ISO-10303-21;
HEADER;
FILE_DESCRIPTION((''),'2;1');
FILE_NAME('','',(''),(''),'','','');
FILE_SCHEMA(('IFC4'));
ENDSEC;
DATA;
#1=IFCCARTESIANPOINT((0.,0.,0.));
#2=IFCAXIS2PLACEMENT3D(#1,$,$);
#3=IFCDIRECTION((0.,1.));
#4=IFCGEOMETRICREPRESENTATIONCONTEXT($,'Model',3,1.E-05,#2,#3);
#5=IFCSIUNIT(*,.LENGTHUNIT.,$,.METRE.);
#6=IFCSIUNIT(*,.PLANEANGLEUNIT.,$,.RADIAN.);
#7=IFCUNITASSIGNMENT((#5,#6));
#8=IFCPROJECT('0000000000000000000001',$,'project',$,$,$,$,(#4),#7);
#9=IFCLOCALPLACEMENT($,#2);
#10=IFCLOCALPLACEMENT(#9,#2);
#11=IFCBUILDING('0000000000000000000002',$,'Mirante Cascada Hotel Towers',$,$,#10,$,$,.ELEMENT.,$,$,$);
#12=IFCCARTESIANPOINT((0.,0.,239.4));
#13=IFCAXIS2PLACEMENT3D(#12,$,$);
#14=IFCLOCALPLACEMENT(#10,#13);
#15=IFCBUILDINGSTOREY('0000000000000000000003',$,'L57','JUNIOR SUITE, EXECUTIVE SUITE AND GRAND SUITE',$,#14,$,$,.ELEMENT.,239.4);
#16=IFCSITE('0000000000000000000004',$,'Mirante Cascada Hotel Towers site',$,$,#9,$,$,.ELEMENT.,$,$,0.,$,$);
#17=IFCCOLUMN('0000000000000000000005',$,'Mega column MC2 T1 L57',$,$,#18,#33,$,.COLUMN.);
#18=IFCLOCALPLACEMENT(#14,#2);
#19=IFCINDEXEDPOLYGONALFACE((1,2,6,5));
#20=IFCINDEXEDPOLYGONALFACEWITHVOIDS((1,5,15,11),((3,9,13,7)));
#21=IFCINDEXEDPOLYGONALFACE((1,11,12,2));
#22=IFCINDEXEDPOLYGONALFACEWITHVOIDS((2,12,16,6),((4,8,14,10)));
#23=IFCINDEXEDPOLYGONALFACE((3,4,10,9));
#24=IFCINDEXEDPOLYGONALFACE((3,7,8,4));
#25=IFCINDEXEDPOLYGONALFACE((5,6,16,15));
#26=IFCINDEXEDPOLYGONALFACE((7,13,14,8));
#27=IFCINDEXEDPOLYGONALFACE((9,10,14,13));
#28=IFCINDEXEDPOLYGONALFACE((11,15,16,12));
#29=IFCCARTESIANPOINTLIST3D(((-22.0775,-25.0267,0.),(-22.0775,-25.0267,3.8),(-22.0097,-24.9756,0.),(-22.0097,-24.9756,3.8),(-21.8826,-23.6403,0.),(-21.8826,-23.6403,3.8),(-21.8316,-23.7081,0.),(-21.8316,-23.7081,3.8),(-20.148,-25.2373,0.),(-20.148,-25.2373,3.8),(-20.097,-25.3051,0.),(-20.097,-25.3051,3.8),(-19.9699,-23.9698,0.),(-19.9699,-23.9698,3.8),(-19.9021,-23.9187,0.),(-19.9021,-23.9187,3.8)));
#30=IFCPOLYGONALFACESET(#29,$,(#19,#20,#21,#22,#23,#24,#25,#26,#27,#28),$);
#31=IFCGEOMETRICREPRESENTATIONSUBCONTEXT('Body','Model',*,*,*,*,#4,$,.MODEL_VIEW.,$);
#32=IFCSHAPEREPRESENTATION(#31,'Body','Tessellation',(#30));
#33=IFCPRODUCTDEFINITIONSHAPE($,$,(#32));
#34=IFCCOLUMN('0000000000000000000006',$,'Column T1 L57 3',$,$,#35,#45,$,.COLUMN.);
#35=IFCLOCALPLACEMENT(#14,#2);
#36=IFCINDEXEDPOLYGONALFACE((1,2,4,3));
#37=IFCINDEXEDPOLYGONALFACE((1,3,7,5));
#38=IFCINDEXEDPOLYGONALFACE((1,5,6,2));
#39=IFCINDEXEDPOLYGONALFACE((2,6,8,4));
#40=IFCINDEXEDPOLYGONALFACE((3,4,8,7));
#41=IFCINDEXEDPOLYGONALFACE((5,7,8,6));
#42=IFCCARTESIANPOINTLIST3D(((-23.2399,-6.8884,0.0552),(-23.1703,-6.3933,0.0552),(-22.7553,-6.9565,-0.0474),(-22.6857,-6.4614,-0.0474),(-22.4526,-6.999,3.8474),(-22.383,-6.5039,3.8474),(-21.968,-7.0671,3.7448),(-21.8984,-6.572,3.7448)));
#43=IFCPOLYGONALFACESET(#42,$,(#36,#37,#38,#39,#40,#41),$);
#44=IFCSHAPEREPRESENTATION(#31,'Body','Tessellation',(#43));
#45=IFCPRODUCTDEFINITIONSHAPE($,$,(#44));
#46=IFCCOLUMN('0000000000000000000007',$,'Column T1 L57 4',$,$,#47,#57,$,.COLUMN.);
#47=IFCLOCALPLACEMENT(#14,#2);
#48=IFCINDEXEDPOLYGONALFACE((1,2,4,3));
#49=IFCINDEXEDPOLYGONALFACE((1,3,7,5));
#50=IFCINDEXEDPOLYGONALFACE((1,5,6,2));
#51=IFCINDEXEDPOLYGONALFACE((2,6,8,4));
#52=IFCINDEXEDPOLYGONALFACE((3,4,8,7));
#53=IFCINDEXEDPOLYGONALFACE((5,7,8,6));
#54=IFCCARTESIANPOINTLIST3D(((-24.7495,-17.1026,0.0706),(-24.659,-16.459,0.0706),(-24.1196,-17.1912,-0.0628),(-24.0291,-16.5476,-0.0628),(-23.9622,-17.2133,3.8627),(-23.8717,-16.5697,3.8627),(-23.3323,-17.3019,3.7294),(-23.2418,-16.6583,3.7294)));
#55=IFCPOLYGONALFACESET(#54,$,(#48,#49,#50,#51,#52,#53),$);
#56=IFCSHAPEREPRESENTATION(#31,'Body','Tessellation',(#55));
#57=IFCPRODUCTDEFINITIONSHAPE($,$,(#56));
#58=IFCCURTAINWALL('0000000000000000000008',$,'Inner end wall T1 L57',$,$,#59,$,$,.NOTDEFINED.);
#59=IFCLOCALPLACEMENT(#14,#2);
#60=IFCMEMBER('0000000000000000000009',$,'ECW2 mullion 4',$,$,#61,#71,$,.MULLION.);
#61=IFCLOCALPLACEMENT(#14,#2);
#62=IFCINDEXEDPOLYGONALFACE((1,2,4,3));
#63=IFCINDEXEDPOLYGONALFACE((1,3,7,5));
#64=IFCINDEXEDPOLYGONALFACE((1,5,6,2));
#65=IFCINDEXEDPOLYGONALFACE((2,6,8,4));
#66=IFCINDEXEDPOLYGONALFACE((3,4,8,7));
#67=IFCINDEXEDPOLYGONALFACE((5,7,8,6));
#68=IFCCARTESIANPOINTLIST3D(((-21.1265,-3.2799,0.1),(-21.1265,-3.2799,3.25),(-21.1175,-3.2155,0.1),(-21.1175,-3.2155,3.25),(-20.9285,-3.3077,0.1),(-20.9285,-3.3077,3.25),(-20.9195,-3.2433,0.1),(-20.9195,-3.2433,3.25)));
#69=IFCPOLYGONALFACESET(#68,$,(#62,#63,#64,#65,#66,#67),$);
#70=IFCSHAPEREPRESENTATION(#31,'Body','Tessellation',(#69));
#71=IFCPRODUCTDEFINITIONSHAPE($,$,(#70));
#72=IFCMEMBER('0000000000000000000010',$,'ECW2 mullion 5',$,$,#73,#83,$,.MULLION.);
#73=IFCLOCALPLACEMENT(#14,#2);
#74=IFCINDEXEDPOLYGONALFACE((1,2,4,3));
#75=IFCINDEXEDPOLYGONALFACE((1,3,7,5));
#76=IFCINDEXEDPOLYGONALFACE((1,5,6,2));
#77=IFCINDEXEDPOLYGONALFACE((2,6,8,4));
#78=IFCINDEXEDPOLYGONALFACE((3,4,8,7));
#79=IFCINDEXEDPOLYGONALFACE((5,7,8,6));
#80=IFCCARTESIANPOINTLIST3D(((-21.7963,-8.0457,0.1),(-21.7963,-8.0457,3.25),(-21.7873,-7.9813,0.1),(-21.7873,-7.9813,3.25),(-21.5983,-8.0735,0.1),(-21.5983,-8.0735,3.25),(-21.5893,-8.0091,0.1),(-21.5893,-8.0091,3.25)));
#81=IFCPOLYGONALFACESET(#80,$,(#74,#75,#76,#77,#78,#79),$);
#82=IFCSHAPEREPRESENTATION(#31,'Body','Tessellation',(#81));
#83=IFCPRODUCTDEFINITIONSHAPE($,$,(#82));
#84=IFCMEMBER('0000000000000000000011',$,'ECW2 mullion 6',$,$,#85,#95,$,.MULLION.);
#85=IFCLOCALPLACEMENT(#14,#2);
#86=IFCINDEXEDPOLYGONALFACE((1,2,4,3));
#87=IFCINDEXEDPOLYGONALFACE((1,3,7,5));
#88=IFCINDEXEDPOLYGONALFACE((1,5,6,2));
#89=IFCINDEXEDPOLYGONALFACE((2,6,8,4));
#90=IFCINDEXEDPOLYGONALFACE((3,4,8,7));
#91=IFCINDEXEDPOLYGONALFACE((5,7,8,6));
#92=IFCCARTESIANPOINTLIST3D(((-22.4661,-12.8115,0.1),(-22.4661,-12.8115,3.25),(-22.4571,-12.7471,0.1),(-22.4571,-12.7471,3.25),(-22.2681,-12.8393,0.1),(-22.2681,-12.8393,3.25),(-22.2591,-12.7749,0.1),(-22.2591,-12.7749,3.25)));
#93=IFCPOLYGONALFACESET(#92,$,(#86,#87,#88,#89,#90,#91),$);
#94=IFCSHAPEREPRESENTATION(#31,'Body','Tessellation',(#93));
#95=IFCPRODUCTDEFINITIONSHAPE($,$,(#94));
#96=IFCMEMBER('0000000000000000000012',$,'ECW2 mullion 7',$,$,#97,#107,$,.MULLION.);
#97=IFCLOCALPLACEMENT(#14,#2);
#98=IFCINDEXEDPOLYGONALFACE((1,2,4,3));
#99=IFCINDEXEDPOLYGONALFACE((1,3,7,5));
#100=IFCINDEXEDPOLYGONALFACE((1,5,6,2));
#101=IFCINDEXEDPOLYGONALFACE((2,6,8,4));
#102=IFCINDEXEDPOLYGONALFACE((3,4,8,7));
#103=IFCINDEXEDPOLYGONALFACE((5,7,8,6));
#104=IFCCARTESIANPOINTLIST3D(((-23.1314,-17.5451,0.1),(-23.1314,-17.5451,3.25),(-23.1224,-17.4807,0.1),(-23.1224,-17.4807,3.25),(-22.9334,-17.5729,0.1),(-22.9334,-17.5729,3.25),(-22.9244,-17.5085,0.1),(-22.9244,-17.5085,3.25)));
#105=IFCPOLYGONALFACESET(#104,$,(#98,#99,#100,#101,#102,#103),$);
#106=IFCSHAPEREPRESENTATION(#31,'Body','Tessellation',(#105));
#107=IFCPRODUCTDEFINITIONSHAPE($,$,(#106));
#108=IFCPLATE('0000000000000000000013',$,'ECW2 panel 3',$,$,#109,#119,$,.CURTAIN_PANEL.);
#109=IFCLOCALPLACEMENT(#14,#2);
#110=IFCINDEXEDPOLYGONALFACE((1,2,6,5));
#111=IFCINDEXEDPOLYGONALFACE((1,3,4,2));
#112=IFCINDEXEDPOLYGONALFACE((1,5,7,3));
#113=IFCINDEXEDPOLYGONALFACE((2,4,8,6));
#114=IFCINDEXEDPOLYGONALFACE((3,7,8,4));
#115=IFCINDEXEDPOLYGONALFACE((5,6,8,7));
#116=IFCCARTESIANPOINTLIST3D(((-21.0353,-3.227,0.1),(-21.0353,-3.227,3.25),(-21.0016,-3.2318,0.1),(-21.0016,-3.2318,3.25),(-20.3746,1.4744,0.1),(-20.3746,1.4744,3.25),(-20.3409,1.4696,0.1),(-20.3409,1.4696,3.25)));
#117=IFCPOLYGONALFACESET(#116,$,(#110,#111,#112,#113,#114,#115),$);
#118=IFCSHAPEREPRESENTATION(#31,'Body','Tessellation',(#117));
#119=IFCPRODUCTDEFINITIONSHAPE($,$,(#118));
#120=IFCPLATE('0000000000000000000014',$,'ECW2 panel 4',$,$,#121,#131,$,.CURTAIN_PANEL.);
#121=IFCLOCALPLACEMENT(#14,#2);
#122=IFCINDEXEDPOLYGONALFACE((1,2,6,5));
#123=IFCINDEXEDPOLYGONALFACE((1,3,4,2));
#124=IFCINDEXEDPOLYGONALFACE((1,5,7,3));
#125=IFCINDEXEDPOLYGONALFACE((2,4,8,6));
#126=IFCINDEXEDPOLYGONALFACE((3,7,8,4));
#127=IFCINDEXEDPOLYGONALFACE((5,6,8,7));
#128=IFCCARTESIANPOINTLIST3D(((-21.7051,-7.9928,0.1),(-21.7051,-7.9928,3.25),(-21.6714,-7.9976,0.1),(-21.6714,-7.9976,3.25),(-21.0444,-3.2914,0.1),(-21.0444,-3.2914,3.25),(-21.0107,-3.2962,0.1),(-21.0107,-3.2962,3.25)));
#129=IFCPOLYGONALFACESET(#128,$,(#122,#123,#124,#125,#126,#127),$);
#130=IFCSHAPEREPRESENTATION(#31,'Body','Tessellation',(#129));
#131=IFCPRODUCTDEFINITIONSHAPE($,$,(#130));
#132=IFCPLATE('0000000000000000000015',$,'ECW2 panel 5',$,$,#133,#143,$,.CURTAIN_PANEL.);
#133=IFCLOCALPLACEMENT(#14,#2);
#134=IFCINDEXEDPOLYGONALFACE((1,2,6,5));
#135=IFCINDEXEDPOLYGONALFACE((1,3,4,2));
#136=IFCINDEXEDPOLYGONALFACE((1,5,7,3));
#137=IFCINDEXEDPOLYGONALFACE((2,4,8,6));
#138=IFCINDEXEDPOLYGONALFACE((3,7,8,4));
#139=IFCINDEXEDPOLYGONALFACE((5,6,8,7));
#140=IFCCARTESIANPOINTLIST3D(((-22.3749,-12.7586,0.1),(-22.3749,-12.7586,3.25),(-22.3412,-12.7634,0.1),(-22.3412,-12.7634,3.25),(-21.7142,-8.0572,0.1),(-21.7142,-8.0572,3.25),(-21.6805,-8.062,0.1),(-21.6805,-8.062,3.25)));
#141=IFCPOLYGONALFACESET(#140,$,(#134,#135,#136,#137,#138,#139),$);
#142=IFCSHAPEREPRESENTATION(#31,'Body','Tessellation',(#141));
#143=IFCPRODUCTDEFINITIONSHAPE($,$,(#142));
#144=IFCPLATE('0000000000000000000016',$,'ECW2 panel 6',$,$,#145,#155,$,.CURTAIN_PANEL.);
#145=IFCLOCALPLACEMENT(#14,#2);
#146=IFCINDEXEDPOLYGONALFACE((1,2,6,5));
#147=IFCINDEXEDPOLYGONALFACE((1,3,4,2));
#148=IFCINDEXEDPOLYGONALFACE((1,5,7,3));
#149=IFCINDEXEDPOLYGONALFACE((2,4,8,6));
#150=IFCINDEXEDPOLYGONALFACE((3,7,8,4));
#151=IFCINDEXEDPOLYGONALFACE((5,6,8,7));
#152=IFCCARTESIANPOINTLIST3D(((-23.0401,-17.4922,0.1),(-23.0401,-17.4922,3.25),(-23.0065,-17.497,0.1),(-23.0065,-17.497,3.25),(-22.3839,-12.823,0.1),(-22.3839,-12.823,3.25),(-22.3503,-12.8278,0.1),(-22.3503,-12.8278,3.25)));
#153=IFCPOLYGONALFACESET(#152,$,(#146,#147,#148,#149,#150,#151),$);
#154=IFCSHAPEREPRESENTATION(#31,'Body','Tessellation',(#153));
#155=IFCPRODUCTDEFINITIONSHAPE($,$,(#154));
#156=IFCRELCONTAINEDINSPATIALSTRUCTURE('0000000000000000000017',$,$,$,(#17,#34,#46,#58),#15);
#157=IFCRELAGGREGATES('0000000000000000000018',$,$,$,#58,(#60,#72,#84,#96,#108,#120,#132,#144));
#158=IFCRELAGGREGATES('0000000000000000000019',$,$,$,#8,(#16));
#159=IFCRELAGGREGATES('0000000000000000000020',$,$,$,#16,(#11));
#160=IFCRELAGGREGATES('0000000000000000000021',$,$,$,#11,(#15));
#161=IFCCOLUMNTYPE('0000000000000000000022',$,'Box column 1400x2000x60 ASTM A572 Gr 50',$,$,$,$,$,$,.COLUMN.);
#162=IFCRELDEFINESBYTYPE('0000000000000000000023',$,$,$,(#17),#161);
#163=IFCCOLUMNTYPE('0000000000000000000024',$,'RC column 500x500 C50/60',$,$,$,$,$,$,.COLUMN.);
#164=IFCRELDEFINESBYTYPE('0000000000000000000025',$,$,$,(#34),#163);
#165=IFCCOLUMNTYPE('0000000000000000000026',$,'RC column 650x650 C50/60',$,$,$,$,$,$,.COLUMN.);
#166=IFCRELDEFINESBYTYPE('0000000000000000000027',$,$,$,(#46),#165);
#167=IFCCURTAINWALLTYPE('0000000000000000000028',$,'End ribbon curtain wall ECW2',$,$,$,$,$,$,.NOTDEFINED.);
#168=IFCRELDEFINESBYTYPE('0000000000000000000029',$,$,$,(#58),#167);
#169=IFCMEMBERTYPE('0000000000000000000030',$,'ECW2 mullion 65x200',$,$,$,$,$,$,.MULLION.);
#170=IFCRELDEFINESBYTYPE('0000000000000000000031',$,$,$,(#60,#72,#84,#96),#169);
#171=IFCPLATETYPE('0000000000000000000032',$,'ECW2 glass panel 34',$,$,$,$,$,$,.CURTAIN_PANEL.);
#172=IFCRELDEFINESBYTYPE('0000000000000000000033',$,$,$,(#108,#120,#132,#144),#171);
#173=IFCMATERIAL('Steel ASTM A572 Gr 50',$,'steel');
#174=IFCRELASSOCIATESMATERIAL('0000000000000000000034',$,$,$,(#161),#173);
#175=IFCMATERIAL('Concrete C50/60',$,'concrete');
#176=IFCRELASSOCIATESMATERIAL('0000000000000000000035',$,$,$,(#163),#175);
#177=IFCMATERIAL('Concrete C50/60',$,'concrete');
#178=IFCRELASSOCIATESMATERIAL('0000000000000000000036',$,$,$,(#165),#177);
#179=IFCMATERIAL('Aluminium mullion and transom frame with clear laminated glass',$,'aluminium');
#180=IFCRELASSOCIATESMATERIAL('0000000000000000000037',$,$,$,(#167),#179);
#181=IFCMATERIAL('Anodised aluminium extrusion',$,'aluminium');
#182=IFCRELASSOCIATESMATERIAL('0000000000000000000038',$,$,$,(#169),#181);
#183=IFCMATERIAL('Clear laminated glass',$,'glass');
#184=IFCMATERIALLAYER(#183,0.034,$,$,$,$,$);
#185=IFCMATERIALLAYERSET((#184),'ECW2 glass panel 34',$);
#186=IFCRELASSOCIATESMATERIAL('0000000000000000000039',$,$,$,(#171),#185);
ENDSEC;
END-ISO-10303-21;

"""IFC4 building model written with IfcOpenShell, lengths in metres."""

from ifc_helpers import new_model, si_unit, direction, frame, origin, origin_2d, place, context, subcontext, project, spatial, rectangle, hollow_rectangle, extrude, material, layer, layer_set, material_profile, profile_set, type_object, element, aggregate, save


model = new_model("IFC4")

# Units and contexts
model_context = context("Model", 3, precision=1e-05, world=origin(), true_north=direction((0.0, 1.0)))
body_context = subcontext(model_context, "Body", "Model", "MODEL_VIEW")
ifc_project = project(units=[si_unit("LENGTHUNIT", "METRE"), si_unit("PLANEANGLEUNIT", "RADIAN")], contexts=[model_context])

# Site, building, storey
site_placement = place(None, origin())
site = spatial("IfcSite", under=ifc_project, at=site_placement, Name="Mirante Cascada Hotel Towers site", CompositionType="ELEMENT", RefElevation=0.0)
building_placement = place(site_placement, origin())
building = spatial("IfcBuilding", under=site, at=building_placement, Name="Mirante Cascada Hotel Towers", CompositionType="ELEMENT")
storey_placement = place(building_placement, frame((0.0, 0.0, 239.4)))
storey = spatial("IfcBuildingStorey", under=building, at=storey_placement, Name="L57", Description="JUNIOR SUITE, EXECUTIVE SUITE AND GRAND SUITE", CompositionType="ELEMENT", Elevation=239.4)

# Columns
ifc_material_1 = material(Name="Steel ASTM A572 Gr 50", Category="steel")
ifc_material_profile_1 = material_profile(ifc_material_1, hollow_rectangle(XDim=2.0, YDim=1.4, WallThickness=0.06, at=origin_2d()), Name="Box column 1400x2000x60 ASTM A572 Gr 50")
ifc_profile_set_1 = profile_set([ifc_material_profile_1], Name="Steel ASTM A572 Gr 50")
column_type_1 = type_object("IfcColumnType", Name="Box column 1400x2000x60 ASTM A572 Gr 50", PredefinedType="COLUMN", material=ifc_profile_set_1)
column_1_placement = place(storey_placement, frame((-20.9898, -24.4727, 0.0), z_axis=(0.0, 0.0, 1.0), x_axis=(-0.990268, 0.139173, 0.0)))
element("IfcColumn", 1, at=column_1_placement, inside=storey, type_object=column_type_1, Name="Mega column MC2 T1 L57", PredefinedType="COLUMN", context=body_context, shape_type="SweptSolid", body=[
    extrude(hollow_rectangle(XDim=2.0, YDim=1.4, WallThickness=0.06, at=origin_2d()), origin(), (0.0, 0.0, 1.0), 3.8),
])
ifc_material_2 = material(Name="Concrete C50/60", Category="concrete")
ifc_material_profile_2 = material_profile(ifc_material_2, rectangle(XDim=0.5, YDim=0.5, at=origin_2d()), Name="RC column 500x500 C50/60")
ifc_profile_set_2 = profile_set([ifc_material_profile_2], Name="Concrete C50/60")
column_type_2 = type_object("IfcColumnType", Name="RC column 500x500 C50/60", PredefinedType="COLUMN", material=ifc_profile_set_2)
column_2_placement = place(storey_placement, frame((-22.9628, -6.6749, 0.0039), z_axis=(0.203193, -0.028545, 0.978723), x_axis=(0.139114, 0.990276, 0.0)))
element("IfcColumn", 2, at=column_2_placement, inside=storey, type_object=column_type_2, Name="Column T1 L57 3", PredefinedType="COLUMN", context=body_context, shape_type="SweptSolid", body=[
    extrude(rectangle(XDim=0.5, YDim=0.5, at=origin_2d()), origin(), (0.0, 0.0, 1.0), 3.8746),
])
ifc_material_3 = material(Name="Concrete C50/60", Category="concrete")
ifc_material_profile_3 = material_profile(ifc_material_3, rectangle(XDim=0.65, YDim=0.65, at=origin_2d()), Name="RC column 650x650 C50/60")
ifc_profile_set_3 = profile_set([ifc_material_profile_3], Name="Concrete C50/60")
column_type_3 = type_object("IfcColumnType", Name="RC column 650x650 C50/60", PredefinedType="COLUMN", material=ifc_profile_set_3)
column_3_placement = place(storey_placement, frame((-24.3893, -16.8251, 0.0039), z_axis=(0.203193, -0.02857, 0.978722), x_axis=(0.139237, 0.990259, 0.0)))
element("IfcColumn", 3, at=column_3_placement, inside=storey, type_object=column_type_3, Name="Column T1 L57 4", PredefinedType="COLUMN", context=body_context, shape_type="SweptSolid", body=[
    extrude(rectangle(XDim=0.65, YDim=0.65, at=origin_2d()), origin(), (0.0, 0.0, 1.0), 3.8746),
])

# Curtain wall, members, plates
ifc_material_4 = material(Name="Aluminium mullion and transom frame with clear laminated glass", Category="aluminium")
curtain_wall_type = type_object("IfcCurtainWallType", Name="End ribbon curtain wall ECW2", PredefinedType="NOTDEFINED", material=ifc_material_4)
curtain_wall_placement = place(storey_placement, origin())
curtain_wall = element("IfcCurtainWall", 4, at=curtain_wall_placement, inside=storey, type_object=curtain_wall_type, Name="Inner end wall T1 L57", PredefinedType="NOTDEFINED")
ifc_material_5 = material(Name="Anodised aluminium extrusion", Category="aluminium")
ifc_material_profile_4 = material_profile(ifc_material_5, rectangle(XDim=0.2, YDim=0.065, at=origin_2d()), Name="ECW2 MULLION 65x200")
ifc_profile_set_4 = profile_set([ifc_material_profile_4], Name="Anodised aluminium extrusion")
member_type = type_object("IfcMemberType", Name="ECW2 mullion 65x200", PredefinedType="MULLION", material=ifc_profile_set_4)
member_1_placement = place(storey_placement, frame((-21.023, -3.2616, 0.1), z_axis=(0.0, 0.0, 1.0), x_axis=(0.990268, -0.139173, 0.0)))
member_1 = element("IfcMember", 5, at=member_1_placement, type_object=member_type, Name="ECW2 mullion 4", PredefinedType="MULLION", context=body_context, shape_type="SweptSolid", body=[
    extrude(rectangle(XDim=0.2, YDim=0.065, at=origin_2d()), origin(), (0.0, 0.0, 1.0), 3.15),
])
member_2_placement = place(storey_placement, frame((-21.6928, -8.0274, 0.1), z_axis=(0.0, 0.0, 1.0), x_axis=(0.990268, -0.139173, 0.0)))
member_2 = element("IfcMember", 6, at=member_2_placement, type_object=member_type, Name="ECW2 mullion 5", PredefinedType="MULLION", context=body_context, shape_type="SweptSolid", body=[
    extrude(rectangle(XDim=0.2, YDim=0.065, at=origin_2d()), origin(), (0.0, 0.0, 1.0), 3.15),
])
member_3_placement = place(storey_placement, frame((-22.3626, -12.7932, 0.1), z_axis=(0.0, 0.0, 1.0), x_axis=(0.990268, -0.139173, 0.0)))
member_3 = element("IfcMember", 7, at=member_3_placement, type_object=member_type, Name="ECW2 mullion 6", PredefinedType="MULLION", context=body_context, shape_type="SweptSolid", body=[
    extrude(rectangle(XDim=0.2, YDim=0.065, at=origin_2d()), origin(), (0.0, 0.0, 1.0), 3.15),
])
member_4_placement = place(storey_placement, frame((-23.0279, -17.5268, 0.1), z_axis=(0.0, 0.0, 1.0), x_axis=(0.990268, -0.139173, 0.0)))
member_4 = element("IfcMember", 8, at=member_4_placement, type_object=member_type, Name="ECW2 mullion 7", PredefinedType="MULLION", context=body_context, shape_type="SweptSolid", body=[
    extrude(rectangle(XDim=0.2, YDim=0.065, at=origin_2d()), origin(), (0.0, 0.0, 1.0), 3.15),
])
ifc_material_6 = material(Name="Clear laminated glass", Category="glass")
ifc_layer_1 = layer(ifc_material_6, 0.034)
ifc_layer_set_1 = layer_set([ifc_layer_1], Name="ECW2 glass panel 34")
plate_type = type_object("IfcPlateType", Name="ECW2 glass panel 34", PredefinedType="CURTAIN_PANEL", material=ifc_layer_set_1)
plate_1_placement = place(storey_placement, frame((-20.6881, -0.8787, 0.1), z_axis=(0.0, 0.0, 1.0), x_axis=(-0.139173, -0.990268, 0.0)))
plate_1 = element("IfcPlate", 9, at=plate_1_placement, type_object=plate_type, Name="ECW2 panel 3", PredefinedType="CURTAIN_PANEL", context=body_context, shape_type="SweptSolid", body=[
    extrude(rectangle(XDim=4.7476, YDim=0.034, at=origin_2d()), origin(), (0.0, 0.0, 1.0), 3.15),
])
plate_2_placement = place(storey_placement, frame((-21.3579, -5.6445, 0.1), z_axis=(0.0, 0.0, 1.0), x_axis=(-0.139173, -0.990268, 0.0)))
plate_2 = element("IfcPlate", 10, at=plate_2_placement, type_object=plate_type, Name="ECW2 panel 4", PredefinedType="CURTAIN_PANEL", context=body_context, shape_type="SweptSolid", body=[
    extrude(rectangle(XDim=4.7476, YDim=0.034, at=origin_2d()), origin(), (0.0, 0.0, 1.0), 3.15),
])
plate_3_placement = place(storey_placement, frame((-22.0277, -10.4103, 0.1), z_axis=(0.0, 0.0, 1.0), x_axis=(-0.139173, -0.990268, 0.0)))
plate_3 = element("IfcPlate", 11, at=plate_3_placement, type_object=plate_type, Name="ECW2 panel 5", PredefinedType="CURTAIN_PANEL", context=body_context, shape_type="SweptSolid", body=[
    extrude(rectangle(XDim=4.7476, YDim=0.034, at=origin_2d()), origin(), (0.0, 0.0, 1.0), 3.15),
])
plate_4_placement = place(storey_placement, frame((-22.6952, -15.16, 0.1), z_axis=(0.0, 0.0, 1.0), x_axis=(-0.139173, -0.990268, 0.0)))
plate_4 = element("IfcPlate", 12, at=plate_4_placement, type_object=plate_type, Name="ECW2 panel 6", PredefinedType="CURTAIN_PANEL", context=body_context, shape_type="SweptSolid", body=[
    extrude(rectangle(XDim=4.7151, YDim=0.034, at=origin_2d()), origin(), (0.0, 0.0, 1.0), 3.15),
])
aggregate(curtain_wall, [member_1, member_2, member_3, member_4, plate_1, plate_2, plate_3, plate_4])

save(model, "model.ifc")
